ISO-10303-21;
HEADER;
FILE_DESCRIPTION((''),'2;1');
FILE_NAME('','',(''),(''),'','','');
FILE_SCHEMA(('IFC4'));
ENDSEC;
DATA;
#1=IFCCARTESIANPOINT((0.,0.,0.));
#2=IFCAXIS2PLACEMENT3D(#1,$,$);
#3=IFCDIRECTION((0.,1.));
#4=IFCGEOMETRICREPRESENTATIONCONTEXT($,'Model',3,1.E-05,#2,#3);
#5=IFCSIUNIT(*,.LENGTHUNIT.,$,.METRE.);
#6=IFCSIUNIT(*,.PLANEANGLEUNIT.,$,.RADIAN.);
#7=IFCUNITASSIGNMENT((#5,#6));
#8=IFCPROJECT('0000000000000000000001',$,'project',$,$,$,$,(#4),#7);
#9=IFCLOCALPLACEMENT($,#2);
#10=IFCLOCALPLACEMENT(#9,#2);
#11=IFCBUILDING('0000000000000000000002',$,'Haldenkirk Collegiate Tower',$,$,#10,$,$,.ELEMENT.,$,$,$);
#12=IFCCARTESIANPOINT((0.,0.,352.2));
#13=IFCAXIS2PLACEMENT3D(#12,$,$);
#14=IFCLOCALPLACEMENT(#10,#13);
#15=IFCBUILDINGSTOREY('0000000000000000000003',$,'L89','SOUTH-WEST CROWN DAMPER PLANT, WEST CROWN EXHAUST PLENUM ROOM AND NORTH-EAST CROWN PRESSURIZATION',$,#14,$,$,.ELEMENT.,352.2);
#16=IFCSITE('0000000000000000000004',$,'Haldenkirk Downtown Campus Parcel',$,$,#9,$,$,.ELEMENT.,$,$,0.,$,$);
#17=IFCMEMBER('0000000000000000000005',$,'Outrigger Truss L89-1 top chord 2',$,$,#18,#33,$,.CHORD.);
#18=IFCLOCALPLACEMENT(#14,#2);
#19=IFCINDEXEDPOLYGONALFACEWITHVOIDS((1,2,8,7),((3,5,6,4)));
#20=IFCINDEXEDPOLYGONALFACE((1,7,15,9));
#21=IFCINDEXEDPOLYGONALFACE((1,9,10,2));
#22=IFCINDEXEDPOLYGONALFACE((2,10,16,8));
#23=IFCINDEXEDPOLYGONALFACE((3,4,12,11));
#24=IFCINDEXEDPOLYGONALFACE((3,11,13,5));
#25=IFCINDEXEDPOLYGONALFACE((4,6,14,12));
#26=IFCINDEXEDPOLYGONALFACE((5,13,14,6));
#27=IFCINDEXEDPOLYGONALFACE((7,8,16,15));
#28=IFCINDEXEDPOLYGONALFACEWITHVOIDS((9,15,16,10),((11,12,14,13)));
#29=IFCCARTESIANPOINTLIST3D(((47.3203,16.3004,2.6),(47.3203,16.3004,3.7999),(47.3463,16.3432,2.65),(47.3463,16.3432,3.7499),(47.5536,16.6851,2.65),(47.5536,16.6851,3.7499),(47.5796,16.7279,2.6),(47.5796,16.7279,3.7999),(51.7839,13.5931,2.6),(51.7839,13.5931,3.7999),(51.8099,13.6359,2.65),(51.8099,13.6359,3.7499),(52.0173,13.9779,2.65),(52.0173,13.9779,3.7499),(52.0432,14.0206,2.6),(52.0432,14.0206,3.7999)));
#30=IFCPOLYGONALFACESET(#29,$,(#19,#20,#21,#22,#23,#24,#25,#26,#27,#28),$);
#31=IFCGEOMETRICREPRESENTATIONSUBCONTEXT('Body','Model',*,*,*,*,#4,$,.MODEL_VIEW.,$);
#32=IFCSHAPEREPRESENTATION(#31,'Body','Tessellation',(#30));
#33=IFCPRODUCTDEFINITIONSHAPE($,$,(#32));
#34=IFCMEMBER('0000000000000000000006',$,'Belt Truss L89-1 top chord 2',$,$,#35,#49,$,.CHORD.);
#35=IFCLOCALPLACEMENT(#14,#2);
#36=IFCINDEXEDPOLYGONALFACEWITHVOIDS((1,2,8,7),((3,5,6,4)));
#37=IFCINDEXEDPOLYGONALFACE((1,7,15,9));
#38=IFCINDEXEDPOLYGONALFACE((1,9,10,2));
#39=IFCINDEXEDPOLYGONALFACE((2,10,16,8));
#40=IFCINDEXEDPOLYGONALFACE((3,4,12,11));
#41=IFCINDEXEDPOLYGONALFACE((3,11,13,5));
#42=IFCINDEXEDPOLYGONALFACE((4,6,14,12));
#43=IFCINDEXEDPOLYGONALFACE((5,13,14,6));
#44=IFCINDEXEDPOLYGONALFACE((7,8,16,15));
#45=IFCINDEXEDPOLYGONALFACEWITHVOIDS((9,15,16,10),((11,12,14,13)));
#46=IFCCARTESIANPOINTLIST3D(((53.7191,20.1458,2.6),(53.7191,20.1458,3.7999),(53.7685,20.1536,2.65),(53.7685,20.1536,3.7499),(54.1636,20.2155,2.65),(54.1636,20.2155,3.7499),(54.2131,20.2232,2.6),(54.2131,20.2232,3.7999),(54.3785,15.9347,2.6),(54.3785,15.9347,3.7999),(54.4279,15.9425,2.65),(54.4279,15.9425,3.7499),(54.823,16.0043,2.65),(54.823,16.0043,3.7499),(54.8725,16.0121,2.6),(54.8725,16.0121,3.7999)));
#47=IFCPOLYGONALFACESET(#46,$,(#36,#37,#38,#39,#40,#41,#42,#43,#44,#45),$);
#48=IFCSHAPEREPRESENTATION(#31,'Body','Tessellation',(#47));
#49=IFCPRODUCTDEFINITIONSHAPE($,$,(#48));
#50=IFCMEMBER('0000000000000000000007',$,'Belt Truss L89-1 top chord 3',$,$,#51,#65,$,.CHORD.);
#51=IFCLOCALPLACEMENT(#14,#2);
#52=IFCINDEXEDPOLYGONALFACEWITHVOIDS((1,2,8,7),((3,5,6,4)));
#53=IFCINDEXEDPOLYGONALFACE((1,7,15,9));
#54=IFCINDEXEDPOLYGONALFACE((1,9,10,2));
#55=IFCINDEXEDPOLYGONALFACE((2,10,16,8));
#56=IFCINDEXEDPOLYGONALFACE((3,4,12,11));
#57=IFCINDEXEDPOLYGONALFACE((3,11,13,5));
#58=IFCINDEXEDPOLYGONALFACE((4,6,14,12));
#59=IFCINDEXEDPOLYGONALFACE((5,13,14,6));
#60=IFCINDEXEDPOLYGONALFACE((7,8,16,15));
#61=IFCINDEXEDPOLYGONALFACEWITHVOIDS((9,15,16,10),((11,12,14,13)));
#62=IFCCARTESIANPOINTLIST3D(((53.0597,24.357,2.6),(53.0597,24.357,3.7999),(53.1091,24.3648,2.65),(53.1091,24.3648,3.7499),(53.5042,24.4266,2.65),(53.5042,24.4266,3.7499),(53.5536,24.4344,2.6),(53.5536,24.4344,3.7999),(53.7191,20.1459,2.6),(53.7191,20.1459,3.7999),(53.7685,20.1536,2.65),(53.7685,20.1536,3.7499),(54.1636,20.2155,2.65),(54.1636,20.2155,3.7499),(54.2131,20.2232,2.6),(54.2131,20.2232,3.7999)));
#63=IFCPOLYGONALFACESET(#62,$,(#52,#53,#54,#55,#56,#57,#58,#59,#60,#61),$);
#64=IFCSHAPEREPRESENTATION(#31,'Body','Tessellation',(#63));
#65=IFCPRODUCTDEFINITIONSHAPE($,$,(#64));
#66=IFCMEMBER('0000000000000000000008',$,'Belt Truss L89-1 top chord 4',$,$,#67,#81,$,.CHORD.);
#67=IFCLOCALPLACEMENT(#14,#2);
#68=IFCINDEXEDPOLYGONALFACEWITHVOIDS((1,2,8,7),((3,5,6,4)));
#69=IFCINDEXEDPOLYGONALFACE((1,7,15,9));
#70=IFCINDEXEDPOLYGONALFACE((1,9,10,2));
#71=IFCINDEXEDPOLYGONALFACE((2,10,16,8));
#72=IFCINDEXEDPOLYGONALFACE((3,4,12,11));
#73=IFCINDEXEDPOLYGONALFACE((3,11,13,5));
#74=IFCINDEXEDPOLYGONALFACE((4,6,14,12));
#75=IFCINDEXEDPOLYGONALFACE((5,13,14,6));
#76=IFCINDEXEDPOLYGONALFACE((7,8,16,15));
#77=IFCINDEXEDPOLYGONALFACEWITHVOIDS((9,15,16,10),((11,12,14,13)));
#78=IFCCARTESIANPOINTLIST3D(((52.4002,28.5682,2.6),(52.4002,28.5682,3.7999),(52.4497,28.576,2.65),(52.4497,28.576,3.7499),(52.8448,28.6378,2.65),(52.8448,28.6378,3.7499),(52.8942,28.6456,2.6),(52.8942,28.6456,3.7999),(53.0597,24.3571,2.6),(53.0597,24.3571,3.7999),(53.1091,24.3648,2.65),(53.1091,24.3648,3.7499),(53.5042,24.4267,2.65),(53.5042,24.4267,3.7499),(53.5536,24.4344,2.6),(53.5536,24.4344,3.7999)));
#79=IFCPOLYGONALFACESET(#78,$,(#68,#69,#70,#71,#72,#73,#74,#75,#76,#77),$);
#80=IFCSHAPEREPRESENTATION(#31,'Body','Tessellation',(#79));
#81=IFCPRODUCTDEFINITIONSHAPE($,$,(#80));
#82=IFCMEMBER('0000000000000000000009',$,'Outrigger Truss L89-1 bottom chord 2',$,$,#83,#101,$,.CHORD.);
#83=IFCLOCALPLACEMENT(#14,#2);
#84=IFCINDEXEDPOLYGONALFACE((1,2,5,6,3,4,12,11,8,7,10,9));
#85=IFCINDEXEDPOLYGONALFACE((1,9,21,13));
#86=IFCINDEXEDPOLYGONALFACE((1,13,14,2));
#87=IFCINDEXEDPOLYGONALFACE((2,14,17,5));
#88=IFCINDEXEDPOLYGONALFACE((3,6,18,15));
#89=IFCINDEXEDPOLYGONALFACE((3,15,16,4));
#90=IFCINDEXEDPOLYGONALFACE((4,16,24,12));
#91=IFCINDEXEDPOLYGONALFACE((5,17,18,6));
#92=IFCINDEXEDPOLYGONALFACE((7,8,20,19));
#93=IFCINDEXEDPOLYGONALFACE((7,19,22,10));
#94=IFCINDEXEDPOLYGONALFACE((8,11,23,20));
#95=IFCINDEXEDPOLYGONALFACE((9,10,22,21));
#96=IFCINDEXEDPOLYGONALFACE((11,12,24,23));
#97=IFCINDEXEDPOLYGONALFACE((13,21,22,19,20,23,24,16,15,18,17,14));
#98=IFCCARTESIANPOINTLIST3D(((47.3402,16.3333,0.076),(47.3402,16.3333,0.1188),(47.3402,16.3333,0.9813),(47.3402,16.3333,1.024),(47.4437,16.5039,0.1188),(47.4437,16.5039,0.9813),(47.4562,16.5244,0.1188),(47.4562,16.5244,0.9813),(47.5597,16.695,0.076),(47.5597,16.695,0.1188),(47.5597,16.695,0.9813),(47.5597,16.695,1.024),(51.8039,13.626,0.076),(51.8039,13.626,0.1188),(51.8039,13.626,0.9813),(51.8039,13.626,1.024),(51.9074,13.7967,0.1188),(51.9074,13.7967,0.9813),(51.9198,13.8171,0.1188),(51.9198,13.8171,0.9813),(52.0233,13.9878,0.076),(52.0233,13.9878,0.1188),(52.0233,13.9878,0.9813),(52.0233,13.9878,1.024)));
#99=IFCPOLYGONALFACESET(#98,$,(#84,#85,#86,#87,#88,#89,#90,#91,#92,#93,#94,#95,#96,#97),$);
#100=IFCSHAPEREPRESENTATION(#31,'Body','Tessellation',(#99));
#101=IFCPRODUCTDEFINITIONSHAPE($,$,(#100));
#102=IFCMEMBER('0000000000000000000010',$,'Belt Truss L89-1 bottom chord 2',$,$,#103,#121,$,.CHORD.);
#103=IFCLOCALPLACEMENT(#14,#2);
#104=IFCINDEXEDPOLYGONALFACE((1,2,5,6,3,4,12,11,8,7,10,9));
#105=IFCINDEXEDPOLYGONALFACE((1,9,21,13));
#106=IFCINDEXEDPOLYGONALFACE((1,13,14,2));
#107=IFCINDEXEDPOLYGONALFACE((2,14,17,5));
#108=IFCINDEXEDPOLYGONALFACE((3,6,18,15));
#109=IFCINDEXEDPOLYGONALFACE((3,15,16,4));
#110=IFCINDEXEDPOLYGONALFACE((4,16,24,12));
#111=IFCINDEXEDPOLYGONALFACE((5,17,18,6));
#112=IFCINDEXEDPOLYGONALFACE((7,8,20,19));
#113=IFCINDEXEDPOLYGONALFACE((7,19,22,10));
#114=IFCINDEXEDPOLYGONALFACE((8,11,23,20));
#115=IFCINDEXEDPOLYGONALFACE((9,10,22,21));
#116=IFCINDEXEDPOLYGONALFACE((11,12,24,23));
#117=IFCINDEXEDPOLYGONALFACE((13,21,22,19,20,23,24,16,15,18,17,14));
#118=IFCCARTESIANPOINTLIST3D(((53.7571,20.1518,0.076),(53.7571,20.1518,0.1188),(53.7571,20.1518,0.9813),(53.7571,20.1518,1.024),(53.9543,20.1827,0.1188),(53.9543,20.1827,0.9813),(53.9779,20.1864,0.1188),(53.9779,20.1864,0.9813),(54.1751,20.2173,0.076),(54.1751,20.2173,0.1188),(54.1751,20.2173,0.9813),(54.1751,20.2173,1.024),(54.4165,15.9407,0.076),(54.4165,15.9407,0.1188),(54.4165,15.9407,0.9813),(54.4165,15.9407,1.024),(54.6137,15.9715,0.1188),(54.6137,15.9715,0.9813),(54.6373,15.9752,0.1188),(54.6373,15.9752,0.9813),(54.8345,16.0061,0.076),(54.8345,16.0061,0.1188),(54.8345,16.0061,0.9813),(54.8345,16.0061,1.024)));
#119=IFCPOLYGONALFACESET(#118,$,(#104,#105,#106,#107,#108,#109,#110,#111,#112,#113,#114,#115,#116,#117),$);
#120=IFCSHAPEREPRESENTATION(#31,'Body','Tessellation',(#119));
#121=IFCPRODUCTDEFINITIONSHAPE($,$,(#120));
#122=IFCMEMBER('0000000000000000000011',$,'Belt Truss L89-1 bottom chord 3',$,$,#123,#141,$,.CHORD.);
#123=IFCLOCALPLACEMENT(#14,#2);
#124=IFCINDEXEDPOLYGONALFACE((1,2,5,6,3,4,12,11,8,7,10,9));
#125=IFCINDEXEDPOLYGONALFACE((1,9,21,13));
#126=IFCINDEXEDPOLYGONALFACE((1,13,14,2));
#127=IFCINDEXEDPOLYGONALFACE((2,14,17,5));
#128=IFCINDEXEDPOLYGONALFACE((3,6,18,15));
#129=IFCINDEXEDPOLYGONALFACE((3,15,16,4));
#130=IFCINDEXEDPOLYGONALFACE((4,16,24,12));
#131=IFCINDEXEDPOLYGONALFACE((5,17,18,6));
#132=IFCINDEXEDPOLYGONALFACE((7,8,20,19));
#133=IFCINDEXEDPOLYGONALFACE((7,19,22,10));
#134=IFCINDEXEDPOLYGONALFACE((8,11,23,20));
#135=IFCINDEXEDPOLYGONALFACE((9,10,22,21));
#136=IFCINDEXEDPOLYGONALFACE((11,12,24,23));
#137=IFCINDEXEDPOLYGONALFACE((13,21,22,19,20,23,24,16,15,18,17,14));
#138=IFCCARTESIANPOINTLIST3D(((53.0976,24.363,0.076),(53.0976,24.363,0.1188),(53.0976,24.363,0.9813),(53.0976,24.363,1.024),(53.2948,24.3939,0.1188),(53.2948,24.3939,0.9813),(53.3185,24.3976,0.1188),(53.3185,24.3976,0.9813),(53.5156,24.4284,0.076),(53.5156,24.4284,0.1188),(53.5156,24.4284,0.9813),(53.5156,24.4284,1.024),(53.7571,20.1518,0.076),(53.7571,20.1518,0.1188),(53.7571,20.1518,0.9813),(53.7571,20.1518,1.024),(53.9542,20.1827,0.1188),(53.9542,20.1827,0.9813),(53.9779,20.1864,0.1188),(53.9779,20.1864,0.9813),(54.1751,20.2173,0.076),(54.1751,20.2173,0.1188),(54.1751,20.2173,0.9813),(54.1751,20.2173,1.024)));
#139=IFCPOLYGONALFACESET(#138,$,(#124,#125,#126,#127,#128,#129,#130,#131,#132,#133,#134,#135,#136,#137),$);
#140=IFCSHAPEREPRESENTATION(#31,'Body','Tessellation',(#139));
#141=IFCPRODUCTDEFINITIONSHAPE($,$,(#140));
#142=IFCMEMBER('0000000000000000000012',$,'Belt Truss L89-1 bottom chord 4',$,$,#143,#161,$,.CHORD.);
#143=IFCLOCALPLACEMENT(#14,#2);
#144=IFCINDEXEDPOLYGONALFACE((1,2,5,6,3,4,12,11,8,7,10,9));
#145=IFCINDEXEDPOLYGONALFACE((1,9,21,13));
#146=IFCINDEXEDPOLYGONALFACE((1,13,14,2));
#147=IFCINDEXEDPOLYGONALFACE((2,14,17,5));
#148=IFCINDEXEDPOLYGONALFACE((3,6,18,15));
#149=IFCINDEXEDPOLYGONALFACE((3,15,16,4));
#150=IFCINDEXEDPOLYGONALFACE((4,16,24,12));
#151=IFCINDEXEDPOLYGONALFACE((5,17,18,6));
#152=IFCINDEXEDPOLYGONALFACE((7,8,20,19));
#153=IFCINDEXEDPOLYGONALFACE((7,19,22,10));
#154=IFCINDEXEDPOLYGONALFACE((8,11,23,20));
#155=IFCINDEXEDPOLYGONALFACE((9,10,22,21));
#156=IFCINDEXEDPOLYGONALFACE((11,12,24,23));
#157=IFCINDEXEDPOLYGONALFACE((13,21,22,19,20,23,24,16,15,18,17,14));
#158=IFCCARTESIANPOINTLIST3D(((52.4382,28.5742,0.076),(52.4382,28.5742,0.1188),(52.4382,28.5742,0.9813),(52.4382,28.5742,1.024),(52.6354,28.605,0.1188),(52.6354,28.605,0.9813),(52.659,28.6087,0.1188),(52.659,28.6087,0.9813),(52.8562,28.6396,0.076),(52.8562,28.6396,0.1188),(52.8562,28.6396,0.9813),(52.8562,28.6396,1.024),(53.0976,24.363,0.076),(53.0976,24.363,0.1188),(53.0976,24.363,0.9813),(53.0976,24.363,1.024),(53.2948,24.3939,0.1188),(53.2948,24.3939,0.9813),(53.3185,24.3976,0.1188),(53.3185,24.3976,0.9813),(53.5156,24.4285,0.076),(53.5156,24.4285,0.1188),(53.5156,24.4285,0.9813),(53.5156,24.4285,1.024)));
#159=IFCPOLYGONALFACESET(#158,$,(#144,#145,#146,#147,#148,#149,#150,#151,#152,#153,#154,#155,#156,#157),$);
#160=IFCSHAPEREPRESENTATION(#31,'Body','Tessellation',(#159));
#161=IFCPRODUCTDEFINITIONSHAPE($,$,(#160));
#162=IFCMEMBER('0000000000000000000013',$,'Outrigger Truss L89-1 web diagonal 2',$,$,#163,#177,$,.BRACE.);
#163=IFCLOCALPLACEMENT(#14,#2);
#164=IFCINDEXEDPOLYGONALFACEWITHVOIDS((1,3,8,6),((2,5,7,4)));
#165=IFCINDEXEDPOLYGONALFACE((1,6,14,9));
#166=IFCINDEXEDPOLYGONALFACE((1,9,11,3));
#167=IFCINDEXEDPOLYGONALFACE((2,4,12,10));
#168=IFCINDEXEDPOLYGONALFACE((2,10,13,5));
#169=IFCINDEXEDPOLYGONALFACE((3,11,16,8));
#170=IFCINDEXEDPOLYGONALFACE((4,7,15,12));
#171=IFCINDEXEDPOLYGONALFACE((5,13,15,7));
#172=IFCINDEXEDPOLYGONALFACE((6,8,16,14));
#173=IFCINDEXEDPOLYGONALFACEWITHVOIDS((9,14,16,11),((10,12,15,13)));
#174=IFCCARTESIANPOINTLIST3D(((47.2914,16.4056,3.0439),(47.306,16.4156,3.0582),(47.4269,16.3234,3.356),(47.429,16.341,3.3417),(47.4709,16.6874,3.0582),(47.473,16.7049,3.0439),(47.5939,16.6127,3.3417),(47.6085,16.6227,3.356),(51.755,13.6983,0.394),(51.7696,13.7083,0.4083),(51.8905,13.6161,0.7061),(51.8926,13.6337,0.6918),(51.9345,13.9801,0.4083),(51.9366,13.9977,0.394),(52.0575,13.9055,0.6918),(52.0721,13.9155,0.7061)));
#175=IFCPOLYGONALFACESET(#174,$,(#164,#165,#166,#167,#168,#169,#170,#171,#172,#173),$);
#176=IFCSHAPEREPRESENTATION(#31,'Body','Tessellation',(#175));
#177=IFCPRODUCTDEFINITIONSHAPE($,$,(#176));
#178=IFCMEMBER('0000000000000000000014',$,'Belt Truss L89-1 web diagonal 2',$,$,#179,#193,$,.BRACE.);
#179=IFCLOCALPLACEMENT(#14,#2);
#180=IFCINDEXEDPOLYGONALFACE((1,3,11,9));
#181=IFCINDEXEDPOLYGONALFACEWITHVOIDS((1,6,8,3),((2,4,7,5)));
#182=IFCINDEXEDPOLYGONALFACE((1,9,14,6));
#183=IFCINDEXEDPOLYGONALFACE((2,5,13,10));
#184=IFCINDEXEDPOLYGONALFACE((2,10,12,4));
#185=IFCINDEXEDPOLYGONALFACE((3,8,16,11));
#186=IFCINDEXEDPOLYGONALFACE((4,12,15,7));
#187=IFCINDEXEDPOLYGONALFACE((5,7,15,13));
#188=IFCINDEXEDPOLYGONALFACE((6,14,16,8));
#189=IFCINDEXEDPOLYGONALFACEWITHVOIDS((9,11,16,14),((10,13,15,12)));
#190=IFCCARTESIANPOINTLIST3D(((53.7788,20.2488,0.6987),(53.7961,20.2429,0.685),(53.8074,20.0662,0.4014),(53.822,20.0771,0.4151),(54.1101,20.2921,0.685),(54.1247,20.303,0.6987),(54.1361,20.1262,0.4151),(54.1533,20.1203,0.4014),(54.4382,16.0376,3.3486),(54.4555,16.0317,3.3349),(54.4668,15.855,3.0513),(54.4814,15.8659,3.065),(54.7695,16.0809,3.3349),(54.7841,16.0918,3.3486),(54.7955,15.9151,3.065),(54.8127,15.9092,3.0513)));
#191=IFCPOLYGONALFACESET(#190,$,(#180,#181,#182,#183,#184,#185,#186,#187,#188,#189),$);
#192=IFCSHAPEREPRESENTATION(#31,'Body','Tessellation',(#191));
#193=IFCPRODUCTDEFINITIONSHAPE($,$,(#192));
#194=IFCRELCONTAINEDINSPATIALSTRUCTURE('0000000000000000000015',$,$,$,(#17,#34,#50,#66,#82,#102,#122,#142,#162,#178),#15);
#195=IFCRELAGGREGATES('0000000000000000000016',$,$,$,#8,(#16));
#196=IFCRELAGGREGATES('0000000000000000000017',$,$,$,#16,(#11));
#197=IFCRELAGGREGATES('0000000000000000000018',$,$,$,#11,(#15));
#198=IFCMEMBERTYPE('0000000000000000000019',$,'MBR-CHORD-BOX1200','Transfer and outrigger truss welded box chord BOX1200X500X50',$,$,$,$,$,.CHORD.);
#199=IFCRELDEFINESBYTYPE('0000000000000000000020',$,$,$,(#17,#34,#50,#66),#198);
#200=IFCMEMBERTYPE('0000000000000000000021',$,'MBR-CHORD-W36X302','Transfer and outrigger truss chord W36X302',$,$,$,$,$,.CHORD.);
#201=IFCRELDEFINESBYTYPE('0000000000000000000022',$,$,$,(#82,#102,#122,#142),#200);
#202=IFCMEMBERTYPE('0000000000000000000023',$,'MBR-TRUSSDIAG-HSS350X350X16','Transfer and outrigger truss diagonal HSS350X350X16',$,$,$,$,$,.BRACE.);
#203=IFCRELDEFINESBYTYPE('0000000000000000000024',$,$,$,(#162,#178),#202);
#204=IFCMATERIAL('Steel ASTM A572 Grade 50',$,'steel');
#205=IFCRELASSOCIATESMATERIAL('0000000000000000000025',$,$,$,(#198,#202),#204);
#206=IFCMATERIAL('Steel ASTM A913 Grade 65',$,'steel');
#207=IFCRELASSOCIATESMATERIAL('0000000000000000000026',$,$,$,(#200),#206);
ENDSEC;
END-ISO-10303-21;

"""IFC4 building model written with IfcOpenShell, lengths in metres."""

from ifc_helpers import new_model, si_unit, direction, frame, origin, origin_2d, place, context, subcontext, project, spatial, hollow_rectangle, i_section, extrude, material, material_profile, profile_set, type_object, element, save


model = new_model("IFC4")

# Units and contexts
model_context = context("Model", 3, precision=1e-05, world=origin(), true_north=direction((0.0, 1.0)))
body_context = subcontext(model_context, "Body", "Model", "MODEL_VIEW")
ifc_project = project(units=[si_unit("LENGTHUNIT", "METRE"), si_unit("PLANEANGLEUNIT", "RADIAN")], contexts=[model_context])

# Site, building, storey
site_placement = place(None, origin())
site = spatial("IfcSite", under=ifc_project, at=site_placement, Name="Haldenkirk Downtown Campus Parcel", CompositionType="ELEMENT", RefElevation=0.0)
building_placement = place(site_placement, origin())
building = spatial("IfcBuilding", under=site, at=building_placement, Name="Haldenkirk Collegiate Tower", CompositionType="ELEMENT")
storey_placement = place(building_placement, frame((0.0, 0.0, 352.2)))
storey = spatial("IfcBuildingStorey", under=building, at=storey_placement, Name="L89", Description="SOUTH-WEST CROWN DAMPER PLANT, WEST CROWN EXHAUST PLENUM ROOM AND NORTH-EAST CROWN PRESSURIZATION", CompositionType="ELEMENT", Elevation=352.2)

# Members
ifc_material_1 = material(Name="Steel ASTM A572 Grade 50", Category="steel")
ifc_material_profile_1 = material_profile(ifc_material_1, hollow_rectangle(XDim=0.5, YDim=1.2, WallThickness=0.05, at=origin_2d()), Name="BOX1200X500X50")
ifc_profile_set_1 = profile_set([ifc_material_profile_1], Name="Steel ASTM A572 Grade 50")
member_type_1 = type_object("IfcMemberType", Name="MBR-CHORD-BOX1200", Description="Transfer and outrigger truss welded box chord BOX1200X500X50", PredefinedType="CHORD", material=ifc_profile_set_1)
member_1_placement = place(storey_placement, frame((47.45, 16.5142, 3.2), z_axis=(0.855024, -0.518589, 0.0), x_axis=(0.518589, 0.855024, 0.0)))
element("IfcMember", 1, at=member_1_placement, inside=storey, type_object=member_type_1, Name="Outrigger Truss L89-1 top chord 2", PredefinedType="CHORD", context=body_context, shape_type="SweptSolid", body=[
    extrude(hollow_rectangle(XDim=0.5, YDim=1.2, WallThickness=0.05, at=origin_2d()), origin(), (0.0, 0.0, 1.0), 5.2205),
])
for number, where, z_axis, x_axis, name in (
    (2, (54.6255, 15.9734, 3.2), (-0.154704, 0.987961, 0.0), (-0.987961, -0.154704, 0.0), "Belt Truss L89-1 top chord 2"),
    (3, (53.9661, 20.1846, 3.2), (-0.154704, 0.987961, 0.0), (-0.987961, -0.154704, 0.0), "Belt Truss L89-1 top chord 3"),
    (4, (53.3066, 24.3958, 3.2), (-0.154704, 0.987961, 0.0), (-0.987961, -0.154704, 0.0), "Belt Truss L89-1 top chord 4"),
):
    element("IfcMember", number, at=place(storey_placement, frame(where, z_axis=z_axis, x_axis=x_axis)), inside=storey, type_object=member_type_1, Name=name, PredefinedType="CHORD", context=body_context, shape_type="SweptSolid", body=[
        extrude(hollow_rectangle(XDim=0.5, YDim=1.2, WallThickness=0.05, at=origin_2d()), origin(), (0.0, 0.0, 1.0), 4.2625),
    ])
ifc_material_2 = material(Name="Steel ASTM A913 Grade 65", Category="steel")
ifc_material_profile_2 = material_profile(ifc_material_2, i_section(OverallWidth=0.4231, OverallDepth=0.948, WebThickness=0.0239, FlangeThickness=0.0427, at=origin_2d()), Name="W36X302")
ifc_profile_set_2 = profile_set([ifc_material_profile_2], Name="Steel ASTM A913 Grade 65")
member_type_2 = type_object("IfcMemberType", Name="MBR-CHORD-W36X302", Description="Transfer and outrigger truss chord W36X302", PredefinedType="CHORD", material=ifc_profile_set_2)
member_2_placement = place(storey_placement, frame((47.45, 16.5142, 0.55), z_axis=(0.855024, -0.518589, 0.0), x_axis=(0.518589, 0.855024, 0.0)))
element("IfcMember", 5, at=member_2_placement, inside=storey, type_object=member_type_2, Name="Outrigger Truss L89-1 bottom chord 2", PredefinedType="CHORD", context=body_context, shape_type="SweptSolid", body=[
    extrude(i_section(OverallWidth=0.4231, OverallDepth=0.948, WebThickness=0.0239, FlangeThickness=0.0427, at=origin_2d()), origin(), (0.0, 0.0, 1.0), 5.2205),
])
for number, where, z_axis, x_axis, name in (
    (6, (54.6255, 15.9734, 0.55), (-0.154704, 0.987961, 0.0), (-0.987961, -0.154704, 0.0), "Belt Truss L89-1 bottom chord 2"),
    (7, (53.9661, 20.1846, 0.55), (-0.154704, 0.987961, 0.0), (-0.987961, -0.154704, 0.0), "Belt Truss L89-1 bottom chord 3"),
    (8, (53.3066, 24.3958, 0.55), (-0.154704, 0.987961, 0.0), (-0.987961, -0.154704, 0.0), "Belt Truss L89-1 bottom chord 4"),
):
    element("IfcMember", number, at=place(storey_placement, frame(where, z_axis=z_axis, x_axis=x_axis)), inside=storey, type_object=member_type_2, Name=name, PredefinedType="CHORD", context=body_context, shape_type="SweptSolid", body=[
        extrude(i_section(OverallWidth=0.4231, OverallDepth=0.948, WebThickness=0.0239, FlangeThickness=0.0427, at=origin_2d()), origin(), (0.0, 0.0, 1.0), 4.2625),
    ])
ifc_material_profile_3 = material_profile(ifc_material_1, hollow_rectangle(XDim=0.3501, YDim=0.3501, WallThickness=0.0161, at=origin_2d()), Name="HSS350X350X16")
ifc_profile_set_3 = profile_set([ifc_material_profile_3], Name="Steel ASTM A572 Grade 50")
member_type_3 = type_object("IfcMemberType", Name="MBR-TRUSSDIAG-HSS350X350X16", Description="Transfer and outrigger truss diagonal HSS350X350X16", PredefinedType="BRACE", material=ifc_profile_set_3)
member_3_placement = place(storey_placement, frame((47.45, 16.5142, 3.2), z_axis=(0.762425, -0.462426, -0.452626), x_axis=(0.518589, 0.855024, 0.0)))
element("IfcMember", 9, at=member_3_placement, inside=storey, type_object=member_type_3, Name="Outrigger Truss L89-1 web diagonal 2", PredefinedType="BRACE", context=body_context, shape_type="SweptSolid", body=[
    extrude(hollow_rectangle(XDim=0.3501, YDim=0.3501, WallThickness=0.0161, at=origin_2d()), origin(), (0.0, 0.0, 1.0), 5.8545),
])
for number, where, z_axis, x_axis, name in (
    (10, (54.6255, 15.9734, 3.2), (-0.131384, 0.839039, -0.527969), (-0.987961, -0.154704, 0.0), "Belt Truss L89-1 web diagonal 2"),
):
    element("IfcMember", number, at=place(storey_placement, frame(where, z_axis=z_axis, x_axis=x_axis)), inside=storey, type_object=member_type_3, Name=name, PredefinedType="BRACE", context=body_context, shape_type="SweptSolid", body=[
        extrude(hollow_rectangle(XDim=0.3501, YDim=0.3501, WallThickness=0.0161, at=origin_2d()), origin(), (0.0, 0.0, 1.0), 5.019),
    ])

save(model, "model.ifc")
